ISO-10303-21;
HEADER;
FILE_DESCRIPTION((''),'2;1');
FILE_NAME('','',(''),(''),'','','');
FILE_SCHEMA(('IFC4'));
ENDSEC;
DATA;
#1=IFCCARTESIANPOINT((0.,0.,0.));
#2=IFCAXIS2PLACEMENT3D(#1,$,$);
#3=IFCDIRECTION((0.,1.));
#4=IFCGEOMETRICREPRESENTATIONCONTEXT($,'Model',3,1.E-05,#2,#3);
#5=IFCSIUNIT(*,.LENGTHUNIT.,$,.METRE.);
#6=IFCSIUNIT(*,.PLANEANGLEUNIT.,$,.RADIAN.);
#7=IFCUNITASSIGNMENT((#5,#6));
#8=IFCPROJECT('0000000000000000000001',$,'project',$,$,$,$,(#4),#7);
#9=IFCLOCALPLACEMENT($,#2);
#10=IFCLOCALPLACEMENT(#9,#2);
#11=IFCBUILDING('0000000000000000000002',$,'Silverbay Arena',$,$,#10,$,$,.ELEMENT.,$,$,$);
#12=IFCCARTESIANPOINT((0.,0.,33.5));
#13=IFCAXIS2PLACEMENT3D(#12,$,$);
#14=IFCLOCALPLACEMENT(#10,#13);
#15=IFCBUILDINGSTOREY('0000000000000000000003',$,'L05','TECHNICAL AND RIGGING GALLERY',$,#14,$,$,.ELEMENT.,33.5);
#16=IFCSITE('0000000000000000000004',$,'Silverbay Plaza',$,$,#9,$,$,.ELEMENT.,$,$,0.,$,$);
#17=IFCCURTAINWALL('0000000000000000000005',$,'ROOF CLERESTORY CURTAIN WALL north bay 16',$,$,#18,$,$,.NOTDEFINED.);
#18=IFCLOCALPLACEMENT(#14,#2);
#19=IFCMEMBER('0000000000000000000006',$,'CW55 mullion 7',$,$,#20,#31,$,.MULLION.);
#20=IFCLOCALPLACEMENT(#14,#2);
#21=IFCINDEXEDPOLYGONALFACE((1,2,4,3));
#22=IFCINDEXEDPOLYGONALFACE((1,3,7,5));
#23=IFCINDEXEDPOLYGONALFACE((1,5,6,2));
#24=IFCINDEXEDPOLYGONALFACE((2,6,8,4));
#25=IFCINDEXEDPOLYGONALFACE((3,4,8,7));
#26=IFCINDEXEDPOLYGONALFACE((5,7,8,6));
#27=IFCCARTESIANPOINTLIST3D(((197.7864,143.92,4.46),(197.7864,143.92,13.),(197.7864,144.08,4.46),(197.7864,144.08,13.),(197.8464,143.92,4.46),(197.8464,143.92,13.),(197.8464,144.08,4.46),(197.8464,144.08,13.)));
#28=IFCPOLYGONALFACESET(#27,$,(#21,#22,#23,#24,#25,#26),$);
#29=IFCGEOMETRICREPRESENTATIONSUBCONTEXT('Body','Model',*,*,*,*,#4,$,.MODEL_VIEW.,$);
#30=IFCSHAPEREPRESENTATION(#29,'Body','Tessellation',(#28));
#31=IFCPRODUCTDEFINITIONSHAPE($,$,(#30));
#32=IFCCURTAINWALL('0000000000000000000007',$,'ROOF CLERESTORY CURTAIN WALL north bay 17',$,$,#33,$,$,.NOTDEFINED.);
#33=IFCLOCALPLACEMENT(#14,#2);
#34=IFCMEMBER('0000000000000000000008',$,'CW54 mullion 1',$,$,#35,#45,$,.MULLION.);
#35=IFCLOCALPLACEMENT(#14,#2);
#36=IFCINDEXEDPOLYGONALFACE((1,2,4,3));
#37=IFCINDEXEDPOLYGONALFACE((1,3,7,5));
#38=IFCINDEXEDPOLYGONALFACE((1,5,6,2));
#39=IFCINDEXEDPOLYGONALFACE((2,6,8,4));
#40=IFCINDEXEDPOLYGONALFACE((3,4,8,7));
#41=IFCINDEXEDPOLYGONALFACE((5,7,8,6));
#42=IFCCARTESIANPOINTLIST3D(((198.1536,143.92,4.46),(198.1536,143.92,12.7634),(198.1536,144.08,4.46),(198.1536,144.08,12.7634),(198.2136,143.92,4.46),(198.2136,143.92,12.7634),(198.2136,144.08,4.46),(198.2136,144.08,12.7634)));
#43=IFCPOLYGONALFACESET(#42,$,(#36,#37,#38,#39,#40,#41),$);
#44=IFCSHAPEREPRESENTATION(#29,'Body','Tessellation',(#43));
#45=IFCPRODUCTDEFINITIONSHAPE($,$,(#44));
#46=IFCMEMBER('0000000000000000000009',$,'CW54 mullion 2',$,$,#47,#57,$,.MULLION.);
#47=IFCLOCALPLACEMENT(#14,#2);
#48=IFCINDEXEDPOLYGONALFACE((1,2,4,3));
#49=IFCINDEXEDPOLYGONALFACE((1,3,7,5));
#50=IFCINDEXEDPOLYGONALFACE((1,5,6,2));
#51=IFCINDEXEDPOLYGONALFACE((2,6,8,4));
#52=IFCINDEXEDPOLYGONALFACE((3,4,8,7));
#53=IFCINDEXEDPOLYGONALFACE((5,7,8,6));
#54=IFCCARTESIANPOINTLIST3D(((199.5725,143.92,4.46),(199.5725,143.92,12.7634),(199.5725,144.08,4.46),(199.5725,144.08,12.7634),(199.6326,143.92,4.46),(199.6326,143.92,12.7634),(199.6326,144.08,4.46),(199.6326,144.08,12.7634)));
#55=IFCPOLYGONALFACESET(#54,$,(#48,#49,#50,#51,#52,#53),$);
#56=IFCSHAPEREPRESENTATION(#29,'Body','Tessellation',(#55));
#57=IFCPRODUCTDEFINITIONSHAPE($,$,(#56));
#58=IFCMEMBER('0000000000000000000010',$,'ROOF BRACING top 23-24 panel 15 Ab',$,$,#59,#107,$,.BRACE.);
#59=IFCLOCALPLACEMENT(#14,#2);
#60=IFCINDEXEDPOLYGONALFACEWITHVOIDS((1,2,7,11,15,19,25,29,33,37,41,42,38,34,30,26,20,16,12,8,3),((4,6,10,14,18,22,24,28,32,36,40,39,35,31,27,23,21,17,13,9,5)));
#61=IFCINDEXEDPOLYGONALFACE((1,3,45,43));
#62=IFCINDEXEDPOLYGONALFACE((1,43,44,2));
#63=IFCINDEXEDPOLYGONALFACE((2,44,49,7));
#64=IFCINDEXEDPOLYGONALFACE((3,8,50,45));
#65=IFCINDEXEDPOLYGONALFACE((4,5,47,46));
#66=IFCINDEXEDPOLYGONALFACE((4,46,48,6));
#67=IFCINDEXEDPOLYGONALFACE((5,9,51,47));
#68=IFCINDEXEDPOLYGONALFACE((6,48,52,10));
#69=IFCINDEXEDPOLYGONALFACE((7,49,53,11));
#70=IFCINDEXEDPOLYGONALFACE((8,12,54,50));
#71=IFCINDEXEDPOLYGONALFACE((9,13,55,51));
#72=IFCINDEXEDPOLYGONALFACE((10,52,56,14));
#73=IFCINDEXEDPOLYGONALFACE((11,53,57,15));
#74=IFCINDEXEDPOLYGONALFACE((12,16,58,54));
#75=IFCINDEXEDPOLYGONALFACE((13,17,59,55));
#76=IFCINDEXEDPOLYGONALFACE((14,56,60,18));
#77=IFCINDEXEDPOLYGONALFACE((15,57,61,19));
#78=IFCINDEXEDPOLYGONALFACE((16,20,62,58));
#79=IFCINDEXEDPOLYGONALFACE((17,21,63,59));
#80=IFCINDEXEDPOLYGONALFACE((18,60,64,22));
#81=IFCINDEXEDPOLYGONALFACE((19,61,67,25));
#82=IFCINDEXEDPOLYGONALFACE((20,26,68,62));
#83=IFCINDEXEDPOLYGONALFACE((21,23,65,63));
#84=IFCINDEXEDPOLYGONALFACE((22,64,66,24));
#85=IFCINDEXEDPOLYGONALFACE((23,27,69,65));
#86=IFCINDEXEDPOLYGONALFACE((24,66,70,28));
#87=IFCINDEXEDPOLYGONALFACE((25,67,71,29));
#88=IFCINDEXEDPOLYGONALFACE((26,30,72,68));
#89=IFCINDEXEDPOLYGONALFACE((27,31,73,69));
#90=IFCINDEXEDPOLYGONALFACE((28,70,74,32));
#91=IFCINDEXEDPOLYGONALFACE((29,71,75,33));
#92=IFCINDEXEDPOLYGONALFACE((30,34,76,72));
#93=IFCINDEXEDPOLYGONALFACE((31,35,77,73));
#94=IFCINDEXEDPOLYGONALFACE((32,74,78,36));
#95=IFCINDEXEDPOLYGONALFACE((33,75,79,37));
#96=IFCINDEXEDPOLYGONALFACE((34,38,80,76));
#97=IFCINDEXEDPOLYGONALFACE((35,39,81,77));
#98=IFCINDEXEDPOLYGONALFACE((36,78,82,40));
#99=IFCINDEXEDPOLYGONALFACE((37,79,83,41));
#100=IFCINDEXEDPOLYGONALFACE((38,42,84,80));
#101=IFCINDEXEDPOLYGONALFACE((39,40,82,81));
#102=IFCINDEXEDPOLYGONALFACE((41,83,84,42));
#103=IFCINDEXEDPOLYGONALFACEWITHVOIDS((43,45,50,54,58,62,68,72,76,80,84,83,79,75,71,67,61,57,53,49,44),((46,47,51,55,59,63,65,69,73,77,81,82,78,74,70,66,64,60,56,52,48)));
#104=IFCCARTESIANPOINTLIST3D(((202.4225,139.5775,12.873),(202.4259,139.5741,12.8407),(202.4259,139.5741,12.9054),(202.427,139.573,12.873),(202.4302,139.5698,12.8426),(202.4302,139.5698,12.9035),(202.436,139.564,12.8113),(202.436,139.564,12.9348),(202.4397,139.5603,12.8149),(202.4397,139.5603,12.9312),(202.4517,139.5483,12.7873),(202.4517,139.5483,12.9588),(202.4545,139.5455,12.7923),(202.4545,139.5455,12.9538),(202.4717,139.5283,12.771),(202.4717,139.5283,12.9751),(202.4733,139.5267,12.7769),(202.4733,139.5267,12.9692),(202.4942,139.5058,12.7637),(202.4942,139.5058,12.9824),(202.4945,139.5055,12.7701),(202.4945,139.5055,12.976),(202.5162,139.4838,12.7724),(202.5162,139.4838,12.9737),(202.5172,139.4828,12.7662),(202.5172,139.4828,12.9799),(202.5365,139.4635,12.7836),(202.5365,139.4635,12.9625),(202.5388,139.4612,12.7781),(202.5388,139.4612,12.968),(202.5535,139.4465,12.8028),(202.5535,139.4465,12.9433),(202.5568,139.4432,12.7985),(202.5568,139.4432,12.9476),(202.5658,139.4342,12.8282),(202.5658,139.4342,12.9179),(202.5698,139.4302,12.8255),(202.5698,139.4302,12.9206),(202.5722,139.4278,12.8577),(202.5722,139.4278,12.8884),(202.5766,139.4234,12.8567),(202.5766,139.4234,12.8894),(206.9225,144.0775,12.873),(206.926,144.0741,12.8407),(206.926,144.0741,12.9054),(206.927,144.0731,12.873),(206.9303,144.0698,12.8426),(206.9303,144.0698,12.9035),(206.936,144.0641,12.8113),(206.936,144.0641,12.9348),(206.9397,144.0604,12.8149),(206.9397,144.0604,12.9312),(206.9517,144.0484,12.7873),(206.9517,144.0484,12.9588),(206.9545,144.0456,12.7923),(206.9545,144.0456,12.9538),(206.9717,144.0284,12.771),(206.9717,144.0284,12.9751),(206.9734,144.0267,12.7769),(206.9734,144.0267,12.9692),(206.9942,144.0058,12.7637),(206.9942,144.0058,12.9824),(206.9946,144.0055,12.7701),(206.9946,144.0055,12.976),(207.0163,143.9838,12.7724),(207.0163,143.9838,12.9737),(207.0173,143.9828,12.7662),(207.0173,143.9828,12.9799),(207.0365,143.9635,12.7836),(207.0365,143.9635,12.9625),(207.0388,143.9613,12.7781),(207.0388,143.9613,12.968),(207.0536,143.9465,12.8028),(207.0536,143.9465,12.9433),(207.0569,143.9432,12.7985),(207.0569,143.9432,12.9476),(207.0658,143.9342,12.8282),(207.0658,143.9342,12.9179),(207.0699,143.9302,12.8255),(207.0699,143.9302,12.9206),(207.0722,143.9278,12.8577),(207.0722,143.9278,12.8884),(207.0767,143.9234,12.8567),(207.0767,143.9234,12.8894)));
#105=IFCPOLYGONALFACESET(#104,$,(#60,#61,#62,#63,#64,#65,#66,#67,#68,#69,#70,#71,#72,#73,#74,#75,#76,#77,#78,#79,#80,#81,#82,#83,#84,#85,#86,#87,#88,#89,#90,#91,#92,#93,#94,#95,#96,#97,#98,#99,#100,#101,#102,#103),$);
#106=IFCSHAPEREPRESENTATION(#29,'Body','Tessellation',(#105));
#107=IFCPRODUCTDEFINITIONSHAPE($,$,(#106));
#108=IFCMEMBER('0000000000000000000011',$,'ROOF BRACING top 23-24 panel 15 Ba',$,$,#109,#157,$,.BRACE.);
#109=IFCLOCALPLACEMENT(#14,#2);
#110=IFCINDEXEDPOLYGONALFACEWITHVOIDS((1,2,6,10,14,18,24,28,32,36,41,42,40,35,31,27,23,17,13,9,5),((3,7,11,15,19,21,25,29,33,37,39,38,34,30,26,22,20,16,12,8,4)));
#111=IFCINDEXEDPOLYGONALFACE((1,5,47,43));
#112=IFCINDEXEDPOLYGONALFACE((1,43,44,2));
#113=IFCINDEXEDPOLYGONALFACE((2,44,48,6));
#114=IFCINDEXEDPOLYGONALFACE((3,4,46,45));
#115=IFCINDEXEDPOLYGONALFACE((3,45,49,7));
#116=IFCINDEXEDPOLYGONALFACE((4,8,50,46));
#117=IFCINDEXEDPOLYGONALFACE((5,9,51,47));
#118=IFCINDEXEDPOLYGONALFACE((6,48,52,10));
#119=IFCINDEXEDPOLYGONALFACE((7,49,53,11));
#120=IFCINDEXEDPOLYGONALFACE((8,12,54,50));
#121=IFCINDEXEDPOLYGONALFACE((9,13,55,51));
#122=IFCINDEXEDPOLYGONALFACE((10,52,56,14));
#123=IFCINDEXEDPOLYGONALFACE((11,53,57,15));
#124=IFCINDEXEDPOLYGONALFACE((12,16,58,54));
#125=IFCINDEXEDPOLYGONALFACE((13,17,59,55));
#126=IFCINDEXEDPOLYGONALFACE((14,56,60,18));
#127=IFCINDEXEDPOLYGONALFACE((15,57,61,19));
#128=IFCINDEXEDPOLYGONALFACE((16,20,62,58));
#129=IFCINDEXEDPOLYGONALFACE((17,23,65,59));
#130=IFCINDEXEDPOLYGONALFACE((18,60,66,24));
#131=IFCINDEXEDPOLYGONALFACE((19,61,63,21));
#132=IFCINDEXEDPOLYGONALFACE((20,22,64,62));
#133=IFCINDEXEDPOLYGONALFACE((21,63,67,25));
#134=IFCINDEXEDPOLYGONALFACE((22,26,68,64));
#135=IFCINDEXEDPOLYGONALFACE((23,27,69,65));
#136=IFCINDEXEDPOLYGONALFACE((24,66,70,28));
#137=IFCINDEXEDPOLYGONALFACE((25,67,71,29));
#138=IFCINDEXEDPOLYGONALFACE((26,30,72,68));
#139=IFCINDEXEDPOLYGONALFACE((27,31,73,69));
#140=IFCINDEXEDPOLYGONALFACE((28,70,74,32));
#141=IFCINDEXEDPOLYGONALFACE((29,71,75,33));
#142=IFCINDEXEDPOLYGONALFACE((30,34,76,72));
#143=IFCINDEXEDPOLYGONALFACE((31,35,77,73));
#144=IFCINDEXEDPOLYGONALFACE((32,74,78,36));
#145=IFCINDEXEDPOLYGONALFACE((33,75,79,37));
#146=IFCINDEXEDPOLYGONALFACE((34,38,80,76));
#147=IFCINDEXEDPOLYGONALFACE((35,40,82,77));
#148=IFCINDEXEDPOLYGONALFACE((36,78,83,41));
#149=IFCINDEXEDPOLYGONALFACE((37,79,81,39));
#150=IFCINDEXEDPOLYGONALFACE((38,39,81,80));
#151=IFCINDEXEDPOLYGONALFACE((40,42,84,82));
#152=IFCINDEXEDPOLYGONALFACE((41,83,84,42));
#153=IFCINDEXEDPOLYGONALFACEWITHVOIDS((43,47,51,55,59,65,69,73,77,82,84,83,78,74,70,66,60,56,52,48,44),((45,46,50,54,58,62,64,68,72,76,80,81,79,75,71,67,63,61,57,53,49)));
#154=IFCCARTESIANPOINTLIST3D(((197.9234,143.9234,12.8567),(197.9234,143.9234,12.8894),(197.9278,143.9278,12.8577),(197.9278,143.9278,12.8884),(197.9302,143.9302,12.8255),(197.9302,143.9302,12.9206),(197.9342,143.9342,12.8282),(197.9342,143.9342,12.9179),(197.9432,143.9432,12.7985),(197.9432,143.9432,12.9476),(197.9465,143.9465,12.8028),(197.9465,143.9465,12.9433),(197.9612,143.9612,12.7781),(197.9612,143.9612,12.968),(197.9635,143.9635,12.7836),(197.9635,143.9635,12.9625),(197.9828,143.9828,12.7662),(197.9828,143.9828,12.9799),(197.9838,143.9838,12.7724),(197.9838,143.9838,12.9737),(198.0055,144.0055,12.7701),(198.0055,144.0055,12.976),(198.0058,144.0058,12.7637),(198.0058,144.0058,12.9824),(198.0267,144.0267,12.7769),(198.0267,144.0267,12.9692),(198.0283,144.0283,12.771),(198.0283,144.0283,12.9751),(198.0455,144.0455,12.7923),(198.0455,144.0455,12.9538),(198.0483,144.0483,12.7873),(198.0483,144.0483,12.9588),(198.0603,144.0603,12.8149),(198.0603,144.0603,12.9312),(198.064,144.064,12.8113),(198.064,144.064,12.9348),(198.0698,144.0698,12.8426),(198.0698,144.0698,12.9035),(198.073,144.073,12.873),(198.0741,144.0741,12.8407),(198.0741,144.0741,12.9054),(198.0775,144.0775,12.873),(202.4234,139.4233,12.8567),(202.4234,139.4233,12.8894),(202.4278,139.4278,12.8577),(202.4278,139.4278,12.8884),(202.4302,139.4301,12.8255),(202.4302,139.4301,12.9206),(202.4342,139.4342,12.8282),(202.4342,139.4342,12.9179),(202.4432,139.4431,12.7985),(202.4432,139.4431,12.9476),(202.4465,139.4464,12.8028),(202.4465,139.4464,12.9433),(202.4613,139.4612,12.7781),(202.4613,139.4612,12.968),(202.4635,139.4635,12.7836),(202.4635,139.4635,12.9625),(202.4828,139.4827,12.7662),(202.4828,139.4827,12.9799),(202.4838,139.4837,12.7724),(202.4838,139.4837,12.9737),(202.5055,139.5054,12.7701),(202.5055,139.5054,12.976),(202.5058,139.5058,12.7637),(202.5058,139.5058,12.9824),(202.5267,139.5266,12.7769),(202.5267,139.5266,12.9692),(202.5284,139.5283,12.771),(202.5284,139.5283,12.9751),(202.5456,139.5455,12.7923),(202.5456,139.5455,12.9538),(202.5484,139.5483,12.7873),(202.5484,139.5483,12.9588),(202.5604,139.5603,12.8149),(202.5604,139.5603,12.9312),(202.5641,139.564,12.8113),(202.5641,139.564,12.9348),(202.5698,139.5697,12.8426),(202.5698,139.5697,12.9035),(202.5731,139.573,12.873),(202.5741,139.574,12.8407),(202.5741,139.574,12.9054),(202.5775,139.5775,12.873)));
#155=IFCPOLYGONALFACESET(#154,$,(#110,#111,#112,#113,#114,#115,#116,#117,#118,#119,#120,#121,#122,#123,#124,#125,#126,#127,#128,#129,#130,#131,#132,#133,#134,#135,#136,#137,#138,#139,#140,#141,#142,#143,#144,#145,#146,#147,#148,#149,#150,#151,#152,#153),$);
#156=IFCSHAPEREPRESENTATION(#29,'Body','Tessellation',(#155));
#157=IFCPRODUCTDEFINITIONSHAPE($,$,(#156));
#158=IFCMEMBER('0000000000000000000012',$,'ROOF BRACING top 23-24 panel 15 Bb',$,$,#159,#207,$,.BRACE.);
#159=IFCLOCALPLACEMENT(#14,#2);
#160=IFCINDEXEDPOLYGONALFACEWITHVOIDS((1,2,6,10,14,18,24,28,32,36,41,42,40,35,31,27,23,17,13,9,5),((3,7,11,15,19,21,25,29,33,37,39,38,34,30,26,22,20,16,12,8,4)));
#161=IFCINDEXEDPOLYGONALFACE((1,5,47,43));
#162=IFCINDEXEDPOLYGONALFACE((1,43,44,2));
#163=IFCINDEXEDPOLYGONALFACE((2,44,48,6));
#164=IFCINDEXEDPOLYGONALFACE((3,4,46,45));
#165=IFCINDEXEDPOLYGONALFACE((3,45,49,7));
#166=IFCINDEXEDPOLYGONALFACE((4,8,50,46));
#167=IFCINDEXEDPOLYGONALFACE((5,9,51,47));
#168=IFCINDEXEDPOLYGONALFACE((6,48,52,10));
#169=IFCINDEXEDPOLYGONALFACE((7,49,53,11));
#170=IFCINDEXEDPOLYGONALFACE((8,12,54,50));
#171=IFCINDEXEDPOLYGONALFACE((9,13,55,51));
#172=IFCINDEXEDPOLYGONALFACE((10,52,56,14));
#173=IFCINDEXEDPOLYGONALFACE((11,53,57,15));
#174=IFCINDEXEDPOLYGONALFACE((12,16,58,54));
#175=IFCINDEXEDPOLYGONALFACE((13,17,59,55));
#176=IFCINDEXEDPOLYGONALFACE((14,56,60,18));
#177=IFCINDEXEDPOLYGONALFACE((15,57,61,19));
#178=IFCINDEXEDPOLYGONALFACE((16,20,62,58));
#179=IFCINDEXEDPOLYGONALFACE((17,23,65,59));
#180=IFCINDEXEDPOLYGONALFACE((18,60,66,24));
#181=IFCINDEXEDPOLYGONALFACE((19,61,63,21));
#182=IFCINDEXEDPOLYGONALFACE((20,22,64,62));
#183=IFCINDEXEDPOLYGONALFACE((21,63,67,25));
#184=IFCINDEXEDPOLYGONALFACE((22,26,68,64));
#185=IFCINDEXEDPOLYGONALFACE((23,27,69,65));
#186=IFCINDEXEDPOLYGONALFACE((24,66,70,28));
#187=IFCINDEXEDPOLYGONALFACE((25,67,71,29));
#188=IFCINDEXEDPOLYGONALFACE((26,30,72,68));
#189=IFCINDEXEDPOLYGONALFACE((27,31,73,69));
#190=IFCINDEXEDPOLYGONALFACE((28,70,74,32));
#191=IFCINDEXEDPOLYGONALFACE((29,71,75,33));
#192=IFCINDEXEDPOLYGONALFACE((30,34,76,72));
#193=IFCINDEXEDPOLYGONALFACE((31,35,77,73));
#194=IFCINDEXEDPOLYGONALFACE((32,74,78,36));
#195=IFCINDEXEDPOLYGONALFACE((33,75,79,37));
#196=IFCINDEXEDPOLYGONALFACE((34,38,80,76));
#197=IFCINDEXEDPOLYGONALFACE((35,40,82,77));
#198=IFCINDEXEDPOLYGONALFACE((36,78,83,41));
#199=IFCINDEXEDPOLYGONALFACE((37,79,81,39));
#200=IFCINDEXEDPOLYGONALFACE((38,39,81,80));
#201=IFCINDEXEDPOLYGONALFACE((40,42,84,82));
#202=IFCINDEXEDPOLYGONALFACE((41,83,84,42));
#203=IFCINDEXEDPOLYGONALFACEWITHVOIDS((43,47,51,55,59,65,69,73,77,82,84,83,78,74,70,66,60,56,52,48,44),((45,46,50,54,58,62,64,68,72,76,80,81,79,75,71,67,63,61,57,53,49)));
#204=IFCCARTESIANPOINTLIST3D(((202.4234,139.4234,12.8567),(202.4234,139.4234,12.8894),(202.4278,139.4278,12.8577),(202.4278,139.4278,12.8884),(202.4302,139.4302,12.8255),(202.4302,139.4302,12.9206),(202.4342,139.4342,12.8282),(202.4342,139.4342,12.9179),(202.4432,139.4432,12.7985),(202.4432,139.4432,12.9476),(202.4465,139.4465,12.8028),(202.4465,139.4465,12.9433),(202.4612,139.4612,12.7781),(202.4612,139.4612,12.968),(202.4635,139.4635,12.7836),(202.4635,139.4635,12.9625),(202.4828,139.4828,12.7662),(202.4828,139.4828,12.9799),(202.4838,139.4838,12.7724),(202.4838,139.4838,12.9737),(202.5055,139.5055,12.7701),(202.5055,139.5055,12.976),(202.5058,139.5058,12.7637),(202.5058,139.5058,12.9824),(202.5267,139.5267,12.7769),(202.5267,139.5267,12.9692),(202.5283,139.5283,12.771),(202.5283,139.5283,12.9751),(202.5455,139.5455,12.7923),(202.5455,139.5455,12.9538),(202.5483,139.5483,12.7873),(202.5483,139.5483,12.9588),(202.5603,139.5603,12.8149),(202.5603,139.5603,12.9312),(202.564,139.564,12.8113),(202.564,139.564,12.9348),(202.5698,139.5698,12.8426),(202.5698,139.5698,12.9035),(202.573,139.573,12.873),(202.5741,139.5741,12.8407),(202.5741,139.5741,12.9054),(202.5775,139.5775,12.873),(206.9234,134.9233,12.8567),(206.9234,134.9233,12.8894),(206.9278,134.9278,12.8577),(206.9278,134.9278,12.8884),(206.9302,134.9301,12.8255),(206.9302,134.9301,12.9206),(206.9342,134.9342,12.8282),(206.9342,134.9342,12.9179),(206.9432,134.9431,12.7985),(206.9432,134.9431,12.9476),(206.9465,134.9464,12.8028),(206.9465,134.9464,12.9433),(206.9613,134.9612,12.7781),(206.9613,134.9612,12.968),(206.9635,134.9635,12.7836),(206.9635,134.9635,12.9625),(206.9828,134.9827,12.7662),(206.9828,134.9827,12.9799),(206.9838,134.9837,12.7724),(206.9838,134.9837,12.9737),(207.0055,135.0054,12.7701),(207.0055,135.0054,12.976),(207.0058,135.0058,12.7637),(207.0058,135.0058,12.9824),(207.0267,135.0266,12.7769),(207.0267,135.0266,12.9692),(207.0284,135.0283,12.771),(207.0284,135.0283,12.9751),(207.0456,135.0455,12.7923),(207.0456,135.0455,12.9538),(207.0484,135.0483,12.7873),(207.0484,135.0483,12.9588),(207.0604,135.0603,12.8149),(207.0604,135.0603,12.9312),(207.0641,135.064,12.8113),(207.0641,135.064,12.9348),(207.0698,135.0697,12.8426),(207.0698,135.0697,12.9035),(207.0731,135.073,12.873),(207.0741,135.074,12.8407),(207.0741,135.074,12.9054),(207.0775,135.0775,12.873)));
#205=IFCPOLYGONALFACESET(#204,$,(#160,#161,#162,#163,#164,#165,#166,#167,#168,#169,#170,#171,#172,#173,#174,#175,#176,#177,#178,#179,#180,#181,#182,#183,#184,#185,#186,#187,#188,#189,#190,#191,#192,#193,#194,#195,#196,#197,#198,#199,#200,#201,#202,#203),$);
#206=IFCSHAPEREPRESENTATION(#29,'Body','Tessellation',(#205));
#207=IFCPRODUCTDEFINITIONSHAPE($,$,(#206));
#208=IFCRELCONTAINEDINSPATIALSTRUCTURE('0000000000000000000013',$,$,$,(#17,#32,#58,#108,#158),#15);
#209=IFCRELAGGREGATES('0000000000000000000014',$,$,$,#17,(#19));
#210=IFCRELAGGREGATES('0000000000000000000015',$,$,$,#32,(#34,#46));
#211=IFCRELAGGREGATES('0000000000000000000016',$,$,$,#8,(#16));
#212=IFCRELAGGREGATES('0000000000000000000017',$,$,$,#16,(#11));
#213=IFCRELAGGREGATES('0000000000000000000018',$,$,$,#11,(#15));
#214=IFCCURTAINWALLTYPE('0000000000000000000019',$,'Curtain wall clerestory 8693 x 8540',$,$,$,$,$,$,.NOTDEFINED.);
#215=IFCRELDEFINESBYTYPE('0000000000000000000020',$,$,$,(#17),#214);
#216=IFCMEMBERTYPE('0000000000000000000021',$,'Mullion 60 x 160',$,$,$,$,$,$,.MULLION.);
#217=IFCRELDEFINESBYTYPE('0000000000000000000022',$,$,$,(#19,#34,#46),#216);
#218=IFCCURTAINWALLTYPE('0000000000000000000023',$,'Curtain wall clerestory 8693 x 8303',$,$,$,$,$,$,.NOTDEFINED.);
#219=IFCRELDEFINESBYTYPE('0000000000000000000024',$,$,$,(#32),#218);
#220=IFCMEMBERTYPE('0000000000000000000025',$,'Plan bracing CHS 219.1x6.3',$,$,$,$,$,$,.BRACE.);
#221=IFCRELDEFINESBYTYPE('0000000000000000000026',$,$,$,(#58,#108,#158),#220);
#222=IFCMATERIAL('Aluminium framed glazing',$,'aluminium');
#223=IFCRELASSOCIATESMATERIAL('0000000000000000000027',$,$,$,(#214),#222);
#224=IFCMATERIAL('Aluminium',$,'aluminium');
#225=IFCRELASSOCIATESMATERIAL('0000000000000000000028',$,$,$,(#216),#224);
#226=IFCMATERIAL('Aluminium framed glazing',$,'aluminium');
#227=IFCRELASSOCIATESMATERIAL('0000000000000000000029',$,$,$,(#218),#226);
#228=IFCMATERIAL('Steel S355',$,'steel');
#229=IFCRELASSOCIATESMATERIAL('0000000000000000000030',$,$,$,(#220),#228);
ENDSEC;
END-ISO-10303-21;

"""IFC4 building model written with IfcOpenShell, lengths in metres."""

from ifc_helpers import new_model, si_unit, direction, frame, origin, origin_2d, place, context, subcontext, project, spatial, rectangle, hollow_circle, extrude, material, material_profile, profile_set, type_object, element, aggregate, save


model = new_model("IFC4")

# Units and contexts
model_context = context("Model", 3, precision=1e-05, world=origin(), true_north=direction((0.0, 1.0)))
body_context = subcontext(model_context, "Body", "Model", "MODEL_VIEW")
ifc_project = project(units=[si_unit("LENGTHUNIT", "METRE"), si_unit("PLANEANGLEUNIT", "RADIAN")], contexts=[model_context])

# Site, building, storey
site_placement = place(None, origin())
site = spatial("IfcSite", under=ifc_project, at=site_placement, Name="Silverbay Plaza", CompositionType="ELEMENT", RefElevation=0.0)
building_placement = place(site_placement, origin())
building = spatial("IfcBuilding", under=site, at=building_placement, Name="Silverbay Arena", CompositionType="ELEMENT")
storey_placement = place(building_placement, frame((0.0, 0.0, 33.5)))
storey = spatial("IfcBuildingStorey", under=building, at=storey_placement, Name="L05", Description="TECHNICAL AND RIGGING GALLERY", CompositionType="ELEMENT", Elevation=33.5)

# Curtain wall, member
ifc_material_1 = material(Name="Aluminium framed glazing", Category="aluminium")
curtain_wall_type_1 = type_object("IfcCurtainWallType", Name="Curtain wall clerestory 8693 x 8540", PredefinedType="NOTDEFINED", material=ifc_material_1)
curtain_wall_1_placement = place(storey_placement, origin())
curtain_wall_1 = element("IfcCurtainWall", 1, at=curtain_wall_1_placement, inside=storey, type_object=curtain_wall_type_1, Name="ROOF CLERESTORY CURTAIN WALL north bay 16", PredefinedType="NOTDEFINED")
ifc_material_2 = material(Name="Aluminium", Category="aluminium")
ifc_material_profile_1 = material_profile(ifc_material_2, rectangle(XDim=0.1599, YDim=0.0601, at=origin_2d()), Name="Mullion 60 x 160")
ifc_profile_set_1 = profile_set([ifc_material_profile_1], Name="Aluminium")
member_type_1 = type_object("IfcMemberType", Name="Mullion 60 x 160", PredefinedType="MULLION", material=ifc_profile_set_1)
member_1_placement = place(storey_placement, frame((197.8164, 144.0, 4.46), z_axis=(0.0, 0.0, 1.0), x_axis=(0.0, 1.0, 0.0)))
member_1 = element("IfcMember", 2, at=member_1_placement, type_object=member_type_1, Name="CW55 mullion 7", PredefinedType="MULLION", context=body_context, shape_type="SweptSolid", body=[
    extrude(rectangle(XDim=0.1599, YDim=0.0601, at=origin_2d()), origin(), (0.0, 0.0, 1.0), 8.54),
])

# Curtain wall, members
ifc_material_3 = material(Name="Aluminium framed glazing", Category="aluminium")
curtain_wall_type_2 = type_object("IfcCurtainWallType", Name="Curtain wall clerestory 8693 x 8303", PredefinedType="NOTDEFINED", material=ifc_material_3)
curtain_wall_2_placement = place(storey_placement, origin())
curtain_wall_2 = element("IfcCurtainWall", 3, at=curtain_wall_2_placement, inside=storey, type_object=curtain_wall_type_2, Name="ROOF CLERESTORY CURTAIN WALL north bay 17", PredefinedType="NOTDEFINED")
member_2_placement = place(storey_placement, frame((198.1836, 144.0, 4.46), z_axis=(0.0, 0.0, 1.0), x_axis=(0.0, 1.0, 0.0)))
member_2 = element("IfcMember", 4, at=member_2_placement, type_object=member_type_1, Name="CW54 mullion 1", PredefinedType="MULLION", context=body_context, shape_type="SweptSolid", body=[
    extrude(rectangle(XDim=0.1599, YDim=0.0601, at=origin_2d()), origin(), (0.0, 0.0, 1.0), 8.3035),
])
member_3_placement = place(storey_placement, frame((199.6025, 144.0, 4.46), z_axis=(0.0, 0.0, 1.0), x_axis=(0.0, 1.0, 0.0)))
member_3 = element("IfcMember", 5, at=member_3_placement, type_object=member_type_1, Name="CW54 mullion 2", PredefinedType="MULLION", context=body_context, shape_type="SweptSolid", body=[
    extrude(rectangle(XDim=0.1599, YDim=0.0601, at=origin_2d()), origin(), (0.0, 0.0, 1.0), 8.3035),
])

# Members
ifc_material_4 = material(Name="Steel S355", Category="steel")
ifc_material_profile_2 = material_profile(ifc_material_4, hollow_circle(Radius=0.1096, WallThickness=0.0063, at=origin_2d()), Name="CHS 219.1x6.3")
ifc_profile_set_2 = profile_set([ifc_material_profile_2], Name="Steel S355")
member_type_2 = type_object("IfcMemberType", Name="Plan bracing CHS 219.1x6.3", PredefinedType="BRACE", material=ifc_profile_set_2)
for number, where, z_axis, x_axis, name in (
    (6, (202.5, 139.5, 12.873), (0.707107, 0.707107, 0.0), (-0.707107, 0.707107, 0.0), "ROOF BRACING top 23-24 panel 15 Ab"),
    (7, (198.0, 144.0, 12.873), (0.707107, -0.707107, 0.0), (0.707107, 0.707107, 0.0), "ROOF BRACING top 23-24 panel 15 Ba"),
    (8, (202.5, 139.5, 12.873), (0.707107, -0.707107, 0.0), (0.707107, 0.707107, 0.0), "ROOF BRACING top 23-24 panel 15 Bb"),
):
    element("IfcMember", number, at=place(storey_placement, frame(where, z_axis=z_axis, x_axis=x_axis)), inside=storey, type_object=member_type_2, Name=name, PredefinedType="BRACE", context=body_context, shape_type="SweptSolid", body=[
        extrude(hollow_circle(Radius=0.1096, WallThickness=0.0063, at=origin_2d()), origin(), (0.0, 0.0, 1.0), 6.364),
    ])

aggregate(curtain_wall_1, [member_1])
aggregate(curtain_wall_2, [member_2, member_3])

save(model, "model.ifc")
